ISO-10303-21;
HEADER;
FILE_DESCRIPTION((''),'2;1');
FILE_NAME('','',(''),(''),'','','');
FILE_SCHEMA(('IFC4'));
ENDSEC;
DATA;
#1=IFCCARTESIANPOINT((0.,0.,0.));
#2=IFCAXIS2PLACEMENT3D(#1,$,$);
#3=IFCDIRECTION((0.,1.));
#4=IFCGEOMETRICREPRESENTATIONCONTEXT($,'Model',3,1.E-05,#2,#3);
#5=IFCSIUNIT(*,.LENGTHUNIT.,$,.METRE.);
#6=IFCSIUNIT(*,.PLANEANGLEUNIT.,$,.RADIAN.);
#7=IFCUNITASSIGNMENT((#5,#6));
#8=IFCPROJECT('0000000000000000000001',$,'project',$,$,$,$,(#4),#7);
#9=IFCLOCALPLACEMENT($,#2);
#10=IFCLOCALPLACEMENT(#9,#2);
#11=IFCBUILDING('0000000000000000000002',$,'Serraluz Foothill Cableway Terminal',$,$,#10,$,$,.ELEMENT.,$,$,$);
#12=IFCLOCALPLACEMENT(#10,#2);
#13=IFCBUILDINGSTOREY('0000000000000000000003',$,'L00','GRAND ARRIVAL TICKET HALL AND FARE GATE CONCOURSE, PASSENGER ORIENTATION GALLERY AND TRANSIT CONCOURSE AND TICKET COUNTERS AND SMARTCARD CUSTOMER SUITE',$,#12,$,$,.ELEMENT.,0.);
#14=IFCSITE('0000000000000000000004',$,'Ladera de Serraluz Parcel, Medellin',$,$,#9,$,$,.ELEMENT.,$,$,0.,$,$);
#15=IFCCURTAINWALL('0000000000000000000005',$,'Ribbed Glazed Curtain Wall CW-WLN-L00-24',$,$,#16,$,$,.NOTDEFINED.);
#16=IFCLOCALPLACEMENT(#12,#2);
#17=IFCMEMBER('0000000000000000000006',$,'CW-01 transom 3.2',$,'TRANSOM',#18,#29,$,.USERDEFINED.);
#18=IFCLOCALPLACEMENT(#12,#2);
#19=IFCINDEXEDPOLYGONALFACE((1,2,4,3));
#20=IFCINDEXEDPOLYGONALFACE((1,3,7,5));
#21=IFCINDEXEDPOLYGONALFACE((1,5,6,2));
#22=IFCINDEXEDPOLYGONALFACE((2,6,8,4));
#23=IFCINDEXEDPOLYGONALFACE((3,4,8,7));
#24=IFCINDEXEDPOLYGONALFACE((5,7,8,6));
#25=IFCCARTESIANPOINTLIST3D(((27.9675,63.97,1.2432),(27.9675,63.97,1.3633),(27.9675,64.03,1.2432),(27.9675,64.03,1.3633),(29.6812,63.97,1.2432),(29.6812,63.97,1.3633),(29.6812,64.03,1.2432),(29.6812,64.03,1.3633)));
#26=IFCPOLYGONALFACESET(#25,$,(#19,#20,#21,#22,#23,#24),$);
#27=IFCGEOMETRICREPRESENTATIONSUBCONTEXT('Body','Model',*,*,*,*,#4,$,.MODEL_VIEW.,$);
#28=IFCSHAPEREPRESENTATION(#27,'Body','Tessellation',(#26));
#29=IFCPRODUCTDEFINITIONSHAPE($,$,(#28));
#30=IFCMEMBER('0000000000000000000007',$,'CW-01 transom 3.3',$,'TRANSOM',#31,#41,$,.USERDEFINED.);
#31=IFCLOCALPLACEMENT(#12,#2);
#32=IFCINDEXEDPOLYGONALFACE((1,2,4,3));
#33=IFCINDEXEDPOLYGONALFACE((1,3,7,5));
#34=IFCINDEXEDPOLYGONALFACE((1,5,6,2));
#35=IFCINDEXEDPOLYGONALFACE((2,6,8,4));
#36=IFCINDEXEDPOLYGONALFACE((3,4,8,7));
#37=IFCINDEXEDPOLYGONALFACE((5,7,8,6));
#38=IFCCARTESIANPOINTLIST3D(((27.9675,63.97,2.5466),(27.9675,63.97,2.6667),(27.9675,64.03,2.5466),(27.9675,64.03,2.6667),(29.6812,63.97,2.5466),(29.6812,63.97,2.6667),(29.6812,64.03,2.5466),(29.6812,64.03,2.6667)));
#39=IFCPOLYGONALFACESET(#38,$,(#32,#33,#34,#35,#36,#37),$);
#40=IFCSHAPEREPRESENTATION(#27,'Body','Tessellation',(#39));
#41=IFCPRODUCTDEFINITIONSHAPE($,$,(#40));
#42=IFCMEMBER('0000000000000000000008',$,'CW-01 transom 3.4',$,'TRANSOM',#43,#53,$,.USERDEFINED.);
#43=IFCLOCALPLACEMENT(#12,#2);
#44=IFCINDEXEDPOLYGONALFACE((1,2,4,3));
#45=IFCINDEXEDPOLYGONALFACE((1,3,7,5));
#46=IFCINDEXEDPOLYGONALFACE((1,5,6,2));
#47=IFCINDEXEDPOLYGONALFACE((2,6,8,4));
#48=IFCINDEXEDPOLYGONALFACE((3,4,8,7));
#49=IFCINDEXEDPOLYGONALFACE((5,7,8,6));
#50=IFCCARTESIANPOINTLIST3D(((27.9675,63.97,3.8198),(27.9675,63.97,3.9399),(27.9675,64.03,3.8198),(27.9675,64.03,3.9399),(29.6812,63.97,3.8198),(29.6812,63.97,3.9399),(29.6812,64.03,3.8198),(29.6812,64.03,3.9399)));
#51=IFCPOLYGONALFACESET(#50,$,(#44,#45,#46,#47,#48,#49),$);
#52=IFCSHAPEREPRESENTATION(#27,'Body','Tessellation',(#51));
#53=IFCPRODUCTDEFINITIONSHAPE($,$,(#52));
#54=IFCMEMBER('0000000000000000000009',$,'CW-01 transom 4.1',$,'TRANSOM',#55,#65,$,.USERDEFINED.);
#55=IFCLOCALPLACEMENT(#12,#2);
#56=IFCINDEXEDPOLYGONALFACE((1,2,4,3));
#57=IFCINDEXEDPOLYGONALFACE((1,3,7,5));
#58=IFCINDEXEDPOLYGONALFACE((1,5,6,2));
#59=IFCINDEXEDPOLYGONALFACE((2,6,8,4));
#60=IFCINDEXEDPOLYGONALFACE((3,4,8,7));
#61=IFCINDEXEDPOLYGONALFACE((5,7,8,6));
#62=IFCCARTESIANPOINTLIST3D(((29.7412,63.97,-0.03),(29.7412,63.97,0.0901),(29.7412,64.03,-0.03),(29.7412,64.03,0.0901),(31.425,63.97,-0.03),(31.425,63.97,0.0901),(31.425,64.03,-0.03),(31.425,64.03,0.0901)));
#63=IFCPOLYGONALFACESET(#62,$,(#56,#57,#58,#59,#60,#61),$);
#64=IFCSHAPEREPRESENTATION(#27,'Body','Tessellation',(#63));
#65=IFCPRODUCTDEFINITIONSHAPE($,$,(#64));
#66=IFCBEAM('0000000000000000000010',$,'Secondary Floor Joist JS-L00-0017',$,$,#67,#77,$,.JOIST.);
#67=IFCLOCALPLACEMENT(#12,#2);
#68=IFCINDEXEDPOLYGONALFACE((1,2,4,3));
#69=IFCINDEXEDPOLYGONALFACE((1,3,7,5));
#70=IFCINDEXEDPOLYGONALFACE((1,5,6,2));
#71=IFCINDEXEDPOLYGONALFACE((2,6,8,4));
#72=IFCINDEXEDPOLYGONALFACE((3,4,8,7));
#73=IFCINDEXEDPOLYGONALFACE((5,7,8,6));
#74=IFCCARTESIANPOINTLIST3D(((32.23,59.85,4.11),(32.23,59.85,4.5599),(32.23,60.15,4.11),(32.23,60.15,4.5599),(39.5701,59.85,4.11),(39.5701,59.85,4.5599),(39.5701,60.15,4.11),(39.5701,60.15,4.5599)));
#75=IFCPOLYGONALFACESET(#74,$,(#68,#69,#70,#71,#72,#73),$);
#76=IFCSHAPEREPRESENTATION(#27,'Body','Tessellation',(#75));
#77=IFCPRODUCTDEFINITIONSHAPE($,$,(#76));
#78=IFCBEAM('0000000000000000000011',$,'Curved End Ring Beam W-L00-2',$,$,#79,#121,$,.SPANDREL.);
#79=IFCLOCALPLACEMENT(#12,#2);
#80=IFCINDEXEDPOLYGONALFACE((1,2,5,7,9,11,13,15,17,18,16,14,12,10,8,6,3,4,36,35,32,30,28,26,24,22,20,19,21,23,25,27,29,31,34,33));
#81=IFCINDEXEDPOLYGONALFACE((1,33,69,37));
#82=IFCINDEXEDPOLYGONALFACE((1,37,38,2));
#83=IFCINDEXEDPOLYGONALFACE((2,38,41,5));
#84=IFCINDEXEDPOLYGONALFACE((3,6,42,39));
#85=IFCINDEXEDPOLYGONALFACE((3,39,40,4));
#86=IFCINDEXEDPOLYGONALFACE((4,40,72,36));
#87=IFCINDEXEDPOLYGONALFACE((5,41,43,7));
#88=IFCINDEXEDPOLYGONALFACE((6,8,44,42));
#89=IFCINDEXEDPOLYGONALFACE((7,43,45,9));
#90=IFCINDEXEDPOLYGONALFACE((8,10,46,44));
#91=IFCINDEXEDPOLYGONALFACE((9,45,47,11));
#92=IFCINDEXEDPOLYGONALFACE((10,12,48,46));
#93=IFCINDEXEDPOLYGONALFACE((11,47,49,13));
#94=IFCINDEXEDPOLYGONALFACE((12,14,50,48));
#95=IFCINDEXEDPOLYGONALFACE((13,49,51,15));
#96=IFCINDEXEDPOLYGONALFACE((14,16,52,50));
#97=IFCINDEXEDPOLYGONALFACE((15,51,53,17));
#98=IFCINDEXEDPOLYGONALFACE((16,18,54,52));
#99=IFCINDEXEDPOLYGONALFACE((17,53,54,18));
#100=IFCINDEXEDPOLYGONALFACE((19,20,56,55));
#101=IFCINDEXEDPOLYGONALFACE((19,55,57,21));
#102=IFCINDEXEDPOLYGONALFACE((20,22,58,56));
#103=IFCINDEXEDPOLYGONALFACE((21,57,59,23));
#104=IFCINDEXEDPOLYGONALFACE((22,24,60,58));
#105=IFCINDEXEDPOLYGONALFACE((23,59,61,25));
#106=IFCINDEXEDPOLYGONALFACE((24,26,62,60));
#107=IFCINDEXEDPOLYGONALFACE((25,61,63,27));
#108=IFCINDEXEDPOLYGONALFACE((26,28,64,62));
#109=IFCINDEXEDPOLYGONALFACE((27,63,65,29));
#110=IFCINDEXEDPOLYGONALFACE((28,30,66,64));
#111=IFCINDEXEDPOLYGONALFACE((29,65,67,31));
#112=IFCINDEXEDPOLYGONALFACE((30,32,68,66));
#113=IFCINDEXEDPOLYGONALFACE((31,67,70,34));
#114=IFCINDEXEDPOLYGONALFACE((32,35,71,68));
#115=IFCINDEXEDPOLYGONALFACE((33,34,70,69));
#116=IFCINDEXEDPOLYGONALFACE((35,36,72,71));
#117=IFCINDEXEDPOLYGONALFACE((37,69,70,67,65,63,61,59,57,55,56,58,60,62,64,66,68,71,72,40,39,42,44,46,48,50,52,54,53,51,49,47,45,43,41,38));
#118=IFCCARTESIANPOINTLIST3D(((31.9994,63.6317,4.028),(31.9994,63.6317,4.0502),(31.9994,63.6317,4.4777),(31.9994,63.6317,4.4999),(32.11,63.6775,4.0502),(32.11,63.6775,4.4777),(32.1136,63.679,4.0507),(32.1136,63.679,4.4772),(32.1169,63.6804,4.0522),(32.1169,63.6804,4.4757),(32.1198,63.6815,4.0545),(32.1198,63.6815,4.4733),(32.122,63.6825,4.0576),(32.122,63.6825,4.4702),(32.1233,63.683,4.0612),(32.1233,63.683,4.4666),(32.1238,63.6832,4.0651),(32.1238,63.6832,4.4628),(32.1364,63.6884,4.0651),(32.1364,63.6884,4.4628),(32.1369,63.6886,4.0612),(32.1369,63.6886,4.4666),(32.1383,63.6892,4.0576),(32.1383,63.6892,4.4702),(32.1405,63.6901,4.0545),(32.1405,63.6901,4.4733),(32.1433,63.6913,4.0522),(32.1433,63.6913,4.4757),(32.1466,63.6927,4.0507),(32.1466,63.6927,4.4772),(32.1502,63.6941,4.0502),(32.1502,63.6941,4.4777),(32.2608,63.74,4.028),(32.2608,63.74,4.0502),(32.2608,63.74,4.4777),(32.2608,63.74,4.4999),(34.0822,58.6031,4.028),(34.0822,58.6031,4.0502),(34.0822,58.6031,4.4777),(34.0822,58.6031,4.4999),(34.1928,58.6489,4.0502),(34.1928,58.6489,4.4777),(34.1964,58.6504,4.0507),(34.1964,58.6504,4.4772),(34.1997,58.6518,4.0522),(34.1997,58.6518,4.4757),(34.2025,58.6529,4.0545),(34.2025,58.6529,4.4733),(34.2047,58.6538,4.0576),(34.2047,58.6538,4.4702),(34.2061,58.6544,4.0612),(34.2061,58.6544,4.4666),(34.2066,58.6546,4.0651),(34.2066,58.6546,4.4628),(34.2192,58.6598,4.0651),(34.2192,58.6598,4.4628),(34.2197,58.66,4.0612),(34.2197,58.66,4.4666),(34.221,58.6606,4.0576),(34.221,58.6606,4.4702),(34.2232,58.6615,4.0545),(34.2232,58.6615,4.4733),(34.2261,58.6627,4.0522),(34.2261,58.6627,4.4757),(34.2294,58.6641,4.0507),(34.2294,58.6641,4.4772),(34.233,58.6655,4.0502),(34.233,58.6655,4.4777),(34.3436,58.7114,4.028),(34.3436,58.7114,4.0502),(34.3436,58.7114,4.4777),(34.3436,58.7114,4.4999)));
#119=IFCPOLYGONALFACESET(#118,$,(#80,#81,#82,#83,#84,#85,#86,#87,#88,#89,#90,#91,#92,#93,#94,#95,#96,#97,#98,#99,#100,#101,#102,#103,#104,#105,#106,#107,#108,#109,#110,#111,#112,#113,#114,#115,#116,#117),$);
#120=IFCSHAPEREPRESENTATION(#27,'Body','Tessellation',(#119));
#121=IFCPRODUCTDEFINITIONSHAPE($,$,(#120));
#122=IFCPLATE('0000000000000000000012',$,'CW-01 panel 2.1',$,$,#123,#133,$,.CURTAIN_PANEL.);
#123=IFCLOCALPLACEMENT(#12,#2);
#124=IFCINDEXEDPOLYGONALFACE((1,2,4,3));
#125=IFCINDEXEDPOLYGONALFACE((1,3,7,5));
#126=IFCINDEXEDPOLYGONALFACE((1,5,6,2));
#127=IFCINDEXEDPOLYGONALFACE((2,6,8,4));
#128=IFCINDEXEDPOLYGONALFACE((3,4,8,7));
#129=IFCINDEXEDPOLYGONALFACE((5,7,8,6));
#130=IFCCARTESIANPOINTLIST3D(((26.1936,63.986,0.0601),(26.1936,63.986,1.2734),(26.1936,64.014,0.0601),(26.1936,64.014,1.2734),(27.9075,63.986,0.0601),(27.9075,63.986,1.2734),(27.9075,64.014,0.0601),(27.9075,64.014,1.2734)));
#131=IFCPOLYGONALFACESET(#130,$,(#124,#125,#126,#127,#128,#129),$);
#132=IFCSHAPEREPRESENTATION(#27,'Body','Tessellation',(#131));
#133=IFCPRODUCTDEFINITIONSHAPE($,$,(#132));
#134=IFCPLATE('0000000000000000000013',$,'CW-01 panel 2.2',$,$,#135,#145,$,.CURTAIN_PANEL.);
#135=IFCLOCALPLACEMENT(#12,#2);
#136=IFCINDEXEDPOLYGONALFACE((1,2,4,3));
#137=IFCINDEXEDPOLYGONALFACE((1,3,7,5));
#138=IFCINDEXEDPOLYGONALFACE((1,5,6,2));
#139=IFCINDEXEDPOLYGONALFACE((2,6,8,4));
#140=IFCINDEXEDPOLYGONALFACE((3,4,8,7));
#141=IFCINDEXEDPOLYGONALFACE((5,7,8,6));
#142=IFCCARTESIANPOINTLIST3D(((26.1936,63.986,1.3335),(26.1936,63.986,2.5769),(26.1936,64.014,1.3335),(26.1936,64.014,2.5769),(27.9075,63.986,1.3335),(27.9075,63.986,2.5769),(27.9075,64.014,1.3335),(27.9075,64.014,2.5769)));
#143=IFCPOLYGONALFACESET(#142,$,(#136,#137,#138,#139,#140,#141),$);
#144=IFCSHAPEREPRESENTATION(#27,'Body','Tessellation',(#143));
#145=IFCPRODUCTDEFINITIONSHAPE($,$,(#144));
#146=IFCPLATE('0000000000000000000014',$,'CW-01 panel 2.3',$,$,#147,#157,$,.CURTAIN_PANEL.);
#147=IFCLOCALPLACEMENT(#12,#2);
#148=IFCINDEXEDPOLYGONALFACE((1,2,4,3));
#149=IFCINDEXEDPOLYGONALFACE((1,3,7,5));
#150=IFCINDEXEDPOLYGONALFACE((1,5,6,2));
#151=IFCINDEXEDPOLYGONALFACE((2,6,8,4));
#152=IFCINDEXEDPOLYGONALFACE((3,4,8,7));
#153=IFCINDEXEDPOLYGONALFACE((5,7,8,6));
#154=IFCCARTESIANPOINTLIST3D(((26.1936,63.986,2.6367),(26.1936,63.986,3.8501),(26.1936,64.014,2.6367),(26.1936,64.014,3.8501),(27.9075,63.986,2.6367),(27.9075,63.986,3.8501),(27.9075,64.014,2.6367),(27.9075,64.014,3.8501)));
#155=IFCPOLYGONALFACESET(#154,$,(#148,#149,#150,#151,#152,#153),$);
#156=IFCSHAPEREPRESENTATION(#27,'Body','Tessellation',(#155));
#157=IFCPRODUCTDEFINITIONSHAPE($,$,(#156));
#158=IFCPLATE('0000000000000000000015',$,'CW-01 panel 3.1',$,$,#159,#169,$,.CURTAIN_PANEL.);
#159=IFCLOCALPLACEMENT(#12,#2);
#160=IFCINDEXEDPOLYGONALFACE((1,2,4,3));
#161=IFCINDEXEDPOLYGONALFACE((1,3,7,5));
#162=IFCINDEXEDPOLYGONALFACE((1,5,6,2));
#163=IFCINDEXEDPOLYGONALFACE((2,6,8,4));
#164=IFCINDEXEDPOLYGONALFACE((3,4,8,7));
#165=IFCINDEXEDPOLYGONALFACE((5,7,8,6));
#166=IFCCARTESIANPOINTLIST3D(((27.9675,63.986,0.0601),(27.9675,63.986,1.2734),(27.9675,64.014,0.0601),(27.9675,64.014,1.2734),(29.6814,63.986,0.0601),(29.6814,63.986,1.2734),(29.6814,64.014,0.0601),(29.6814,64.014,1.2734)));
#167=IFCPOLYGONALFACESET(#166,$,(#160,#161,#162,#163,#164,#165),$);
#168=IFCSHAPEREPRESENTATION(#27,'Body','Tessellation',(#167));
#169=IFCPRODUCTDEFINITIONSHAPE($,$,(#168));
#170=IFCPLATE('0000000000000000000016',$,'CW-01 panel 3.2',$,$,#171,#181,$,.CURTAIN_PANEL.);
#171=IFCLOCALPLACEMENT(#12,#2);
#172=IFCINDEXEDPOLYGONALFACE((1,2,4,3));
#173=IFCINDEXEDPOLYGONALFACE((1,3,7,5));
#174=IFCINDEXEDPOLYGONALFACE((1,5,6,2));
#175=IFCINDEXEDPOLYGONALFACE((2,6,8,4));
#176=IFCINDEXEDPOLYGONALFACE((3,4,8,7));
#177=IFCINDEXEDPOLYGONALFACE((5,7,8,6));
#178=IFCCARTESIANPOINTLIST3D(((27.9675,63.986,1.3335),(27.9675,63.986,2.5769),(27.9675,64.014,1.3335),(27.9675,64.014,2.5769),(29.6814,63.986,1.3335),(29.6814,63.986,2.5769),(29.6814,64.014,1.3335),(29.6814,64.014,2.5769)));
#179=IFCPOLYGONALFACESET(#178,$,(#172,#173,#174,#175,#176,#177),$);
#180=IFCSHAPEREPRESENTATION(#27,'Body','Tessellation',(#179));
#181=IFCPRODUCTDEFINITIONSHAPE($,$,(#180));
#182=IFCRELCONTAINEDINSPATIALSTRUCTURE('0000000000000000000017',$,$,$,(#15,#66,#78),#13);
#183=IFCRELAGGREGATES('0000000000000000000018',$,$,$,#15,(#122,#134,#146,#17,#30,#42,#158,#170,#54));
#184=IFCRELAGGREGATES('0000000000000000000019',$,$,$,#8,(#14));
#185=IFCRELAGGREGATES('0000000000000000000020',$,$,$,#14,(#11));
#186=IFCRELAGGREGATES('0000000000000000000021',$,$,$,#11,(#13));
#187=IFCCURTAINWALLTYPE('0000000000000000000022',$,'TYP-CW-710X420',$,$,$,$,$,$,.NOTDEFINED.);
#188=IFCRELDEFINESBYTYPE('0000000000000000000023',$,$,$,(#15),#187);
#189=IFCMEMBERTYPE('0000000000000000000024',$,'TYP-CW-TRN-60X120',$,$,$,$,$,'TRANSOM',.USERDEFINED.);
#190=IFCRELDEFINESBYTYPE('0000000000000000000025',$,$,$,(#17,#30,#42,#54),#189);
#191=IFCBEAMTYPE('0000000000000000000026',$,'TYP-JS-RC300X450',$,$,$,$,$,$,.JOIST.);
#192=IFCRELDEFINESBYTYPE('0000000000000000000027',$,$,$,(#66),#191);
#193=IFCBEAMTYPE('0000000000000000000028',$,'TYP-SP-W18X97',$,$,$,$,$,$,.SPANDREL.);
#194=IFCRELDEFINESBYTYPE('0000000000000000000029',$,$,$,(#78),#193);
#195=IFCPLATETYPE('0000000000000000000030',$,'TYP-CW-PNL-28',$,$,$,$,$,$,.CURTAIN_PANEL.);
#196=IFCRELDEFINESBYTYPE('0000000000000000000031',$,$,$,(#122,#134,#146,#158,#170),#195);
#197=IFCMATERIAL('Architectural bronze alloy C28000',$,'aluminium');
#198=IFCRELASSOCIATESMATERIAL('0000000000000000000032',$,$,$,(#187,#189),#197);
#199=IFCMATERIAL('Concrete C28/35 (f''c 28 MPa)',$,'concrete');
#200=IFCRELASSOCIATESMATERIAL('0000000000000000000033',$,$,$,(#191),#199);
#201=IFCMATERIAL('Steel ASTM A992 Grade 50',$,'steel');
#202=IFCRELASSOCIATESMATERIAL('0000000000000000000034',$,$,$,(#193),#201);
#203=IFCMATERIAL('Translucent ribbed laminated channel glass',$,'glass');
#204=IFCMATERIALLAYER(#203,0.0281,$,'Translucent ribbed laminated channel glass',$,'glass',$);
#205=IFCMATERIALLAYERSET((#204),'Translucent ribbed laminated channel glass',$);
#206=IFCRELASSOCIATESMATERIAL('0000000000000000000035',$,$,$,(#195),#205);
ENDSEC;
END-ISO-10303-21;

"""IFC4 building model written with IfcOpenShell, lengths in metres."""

from ifc_helpers import new_model, si_unit, direction, frame, origin, origin_2d, place, context, subcontext, project, spatial, rectangle, i_section, extrude, material, layer, layer_set, material_profile, profile_set, type_object, element, aggregate, save


model = new_model("IFC4")

# Units and contexts
model_context = context("Model", 3, precision=1e-05, world=origin(), true_north=direction((0.0, 1.0)))
body_context = subcontext(model_context, "Body", "Model", "MODEL_VIEW")
ifc_project = project(units=[si_unit("LENGTHUNIT", "METRE"), si_unit("PLANEANGLEUNIT", "RADIAN")], contexts=[model_context])

# Site, building, storey
site_placement = place(None, origin())
site = spatial("IfcSite", under=ifc_project, at=site_placement, Name="Ladera de Serraluz Parcel, Medellin", CompositionType="ELEMENT", RefElevation=0.0)
building_placement = place(site_placement, origin())
building = spatial("IfcBuilding", under=site, at=building_placement, Name="Serraluz Foothill Cableway Terminal", CompositionType="ELEMENT")
storey_placement = place(building_placement, origin())
storey = spatial("IfcBuildingStorey", under=building, at=storey_placement, Name="L00", Description="GRAND ARRIVAL TICKET HALL AND FARE GATE CONCOURSE, PASSENGER ORIENTATION GALLERY AND TRANSIT CONCOURSE AND TICKET COUNTERS AND SMARTCARD CUSTOMER SUITE", CompositionType="ELEMENT", Elevation=0.0)

# Shared definitions
ifc_material_1 = material(Name="Concrete C28/35 (f'c 28 MPa)", Category="concrete")

# Curtain wall, members
ifc_material_2 = material(Name="Architectural bronze alloy C28000", Category="aluminium")
curtain_wall_type = type_object("IfcCurtainWallType", Name="TYP-CW-710X420", PredefinedType="NOTDEFINED", material=ifc_material_2)
curtain_wall_placement = place(storey_placement, origin())
curtain_wall = element("IfcCurtainWall", 1, at=curtain_wall_placement, inside=storey, type_object=curtain_wall_type, Name="Ribbed Glazed Curtain Wall CW-WLN-L00-24", PredefinedType="NOTDEFINED")
ifc_material_profile_1 = material_profile(ifc_material_2, rectangle(XDim=0.0601, YDim=0.1201, at=origin_2d()), Name="ALU TRANSOM 60x120")
ifc_profile_set_1 = profile_set([ifc_material_profile_1], Name="Architectural bronze alloy C28000")
member_type_1 = type_object("IfcMemberType", Name="TYP-CW-TRN-60X120", ElementType="TRANSOM", PredefinedType="USERDEFINED", material=ifc_profile_set_1)
member_1_placement = place(storey_placement, frame((27.9675, 64.0, 1.3032), z_axis=(1.0, 0.0, 0.0), x_axis=(0.0, 1.0, 0.0)))
member_1 = element("IfcMember", 2, at=member_1_placement, type_object=member_type_1, Name="CW-01 transom 3.2", ObjectType="TRANSOM", PredefinedType="USERDEFINED", context=body_context, shape_type="SweptSolid", body=[
    extrude(rectangle(XDim=0.0601, YDim=0.1201, at=origin_2d()), origin(), (0.0, 0.0, 1.0), 1.7136),
])
member_2_placement = place(storey_placement, frame((27.9675, 64.0, 2.6067), z_axis=(1.0, 0.0, 0.0), x_axis=(0.0, 1.0, 0.0)))
member_2 = element("IfcMember", 3, at=member_2_placement, type_object=member_type_1, Name="CW-01 transom 3.3", ObjectType="TRANSOM", PredefinedType="USERDEFINED", context=body_context, shape_type="SweptSolid", body=[
    extrude(rectangle(XDim=0.0601, YDim=0.1201, at=origin_2d()), origin(), (0.0, 0.0, 1.0), 1.7136),
])
member_3_placement = place(storey_placement, frame((27.9675, 64.0, 3.8799), z_axis=(1.0, 0.0, 0.0), x_axis=(0.0, 1.0, 0.0)))
member_3 = element("IfcMember", 4, at=member_3_placement, type_object=member_type_1, Name="CW-01 transom 3.4", ObjectType="TRANSOM", PredefinedType="USERDEFINED", context=body_context, shape_type="SweptSolid", body=[
    extrude(rectangle(XDim=0.0601, YDim=0.1201, at=origin_2d()), origin(), (0.0, 0.0, 1.0), 1.7136),
])
member_4_placement = place(storey_placement, frame((29.7412, 64.0, 0.03), z_axis=(1.0, 0.0, 0.0), x_axis=(0.0, 1.0, 0.0)))
member_4 = element("IfcMember", 5, at=member_4_placement, type_object=member_type_1, Name="CW-01 transom 4.1", ObjectType="TRANSOM", PredefinedType="USERDEFINED", context=body_context, shape_type="SweptSolid", body=[
    extrude(rectangle(XDim=0.0601, YDim=0.1201, at=origin_2d()), origin(), (0.0, 0.0, 1.0), 1.6838),
])

# Beams
ifc_material_profile_2 = material_profile(ifc_material_1, rectangle(XDim=0.3, YDim=0.45, at=origin_2d()), Name="RC 300x450")
ifc_profile_set_2 = profile_set([ifc_material_profile_2], Name="Concrete C28/35 (f'c 28 MPa)")
beam_type_1 = type_object("IfcBeamType", Name="TYP-JS-RC300X450", PredefinedType="JOIST", material=ifc_profile_set_2)
beam_1_placement = place(storey_placement, frame((32.23, 60.0, 4.335), z_axis=(1.0, 0.0, 0.0), x_axis=(0.0, 1.0, 0.0)))
element("IfcBeam", 6, at=beam_1_placement, inside=storey, type_object=beam_type_1, Name="Secondary Floor Joist JS-L00-0017", PredefinedType="JOIST", context=body_context, shape_type="SweptSolid", body=[
    extrude(rectangle(XDim=0.3, YDim=0.45, at=origin_2d()), origin(), (0.0, 0.0, 1.0), 7.3401),
])
ifc_material_3 = material(Name="Steel ASTM A992 Grade 50", Category="steel")
ifc_material_profile_3 = material_profile(ifc_material_3, i_section(OverallWidth=0.283, OverallDepth=0.4719, WebThickness=0.0137, FlangeThickness=0.0222, FilletRadius=0.0149, at=origin_2d()), Name="W18X97")
ifc_profile_set_3 = profile_set([ifc_material_profile_3], Name="Steel ASTM A992 Grade 50")
beam_type_2 = type_object("IfcBeamType", Name="TYP-SP-W18X97", PredefinedType="SPANDREL", material=ifc_profile_set_3)
beam_2_placement = place(storey_placement, frame((34.2129, 58.6572, 4.2639), z_axis=(-0.382662, 0.923888, 0.0), x_axis=(-0.923888, -0.382662, 0.0)))
element("IfcBeam", 7, at=beam_2_placement, inside=storey, type_object=beam_type_2, Name="Curved End Ring Beam W-L00-2", PredefinedType="SPANDREL", context=body_context, shape_type="SweptSolid", body=[
    extrude(i_section(OverallWidth=0.283, OverallDepth=0.4719, WebThickness=0.0137, FlangeThickness=0.0222, FilletRadius=0.0149, at=origin_2d()), origin(), (0.0, 0.0, 1.0), 5.4429),
])

# Plates
ifc_material_4 = material(Name="Translucent ribbed laminated channel glass", Category="glass")
ifc_layer = layer(ifc_material_4, 0.0281, Name="Translucent ribbed laminated channel glass", Category="glass")
ifc_layer_set = layer_set([ifc_layer], Name="Translucent ribbed laminated channel glass")
plate_type = type_object("IfcPlateType", Name="TYP-CW-PNL-28", PredefinedType="CURTAIN_PANEL", material=ifc_layer_set)
plate_1_placement = place(storey_placement, frame((27.0505, 64.0, 0.0601), z_axis=(0.0, 0.0, 1.0), x_axis=(1.0, 0.0, 0.0)))
plate_1 = element("IfcPlate", 8, at=plate_1_placement, type_object=plate_type, Name="CW-01 panel 2.1", PredefinedType="CURTAIN_PANEL", context=body_context, shape_type="SweptSolid", body=[
    extrude(rectangle(XDim=1.7139, YDim=0.0281, at=origin_2d()), origin(), (0.0, 0.0, 1.0), 1.2134),
])
plate_2_placement = place(storey_placement, frame((27.0505, 64.0, 1.3335), z_axis=(0.0, 0.0, 1.0), x_axis=(1.0, 0.0, 0.0)))
plate_2 = element("IfcPlate", 9, at=plate_2_placement, type_object=plate_type, Name="CW-01 panel 2.2", PredefinedType="CURTAIN_PANEL", context=body_context, shape_type="SweptSolid", body=[
    extrude(rectangle(XDim=1.7139, YDim=0.0281, at=origin_2d()), origin(), (0.0, 0.0, 1.0), 1.2434),
])
plate_3_placement = place(storey_placement, frame((27.0505, 64.0, 2.6367), z_axis=(0.0, 0.0, 1.0), x_axis=(1.0, 0.0, 0.0)))
plate_3 = element("IfcPlate", 10, at=plate_3_placement, type_object=plate_type, Name="CW-01 panel 2.3", PredefinedType="CURTAIN_PANEL", context=body_context, shape_type="SweptSolid", body=[
    extrude(rectangle(XDim=1.7139, YDim=0.0281, at=origin_2d()), origin(), (0.0, 0.0, 1.0), 1.2134),
])
plate_4_placement = place(storey_placement, frame((28.8245, 64.0, 0.0601), z_axis=(0.0, 0.0, 1.0), x_axis=(1.0, 0.0, 0.0)))
plate_4 = element("IfcPlate", 11, at=plate_4_placement, type_object=plate_type, Name="CW-01 panel 3.1", PredefinedType="CURTAIN_PANEL", context=body_context, shape_type="SweptSolid", body=[
    extrude(rectangle(XDim=1.7139, YDim=0.0281, at=origin_2d()), origin(), (0.0, 0.0, 1.0), 1.2134),
])
plate_5_placement = place(storey_placement, frame((28.8245, 64.0, 1.3335), z_axis=(0.0, 0.0, 1.0), x_axis=(1.0, 0.0, 0.0)))
plate_5 = element("IfcPlate", 12, at=plate_5_placement, type_object=plate_type, Name="CW-01 panel 3.2", PredefinedType="CURTAIN_PANEL", context=body_context, shape_type="SweptSolid", body=[
    extrude(rectangle(XDim=1.7139, YDim=0.0281, at=origin_2d()), origin(), (0.0, 0.0, 1.0), 1.2434),
])
aggregate(curtain_wall, [plate_1, plate_2, plate_3, member_1, member_2, member_3, plate_4, plate_5, member_4])

save(model, "model.ifc")
